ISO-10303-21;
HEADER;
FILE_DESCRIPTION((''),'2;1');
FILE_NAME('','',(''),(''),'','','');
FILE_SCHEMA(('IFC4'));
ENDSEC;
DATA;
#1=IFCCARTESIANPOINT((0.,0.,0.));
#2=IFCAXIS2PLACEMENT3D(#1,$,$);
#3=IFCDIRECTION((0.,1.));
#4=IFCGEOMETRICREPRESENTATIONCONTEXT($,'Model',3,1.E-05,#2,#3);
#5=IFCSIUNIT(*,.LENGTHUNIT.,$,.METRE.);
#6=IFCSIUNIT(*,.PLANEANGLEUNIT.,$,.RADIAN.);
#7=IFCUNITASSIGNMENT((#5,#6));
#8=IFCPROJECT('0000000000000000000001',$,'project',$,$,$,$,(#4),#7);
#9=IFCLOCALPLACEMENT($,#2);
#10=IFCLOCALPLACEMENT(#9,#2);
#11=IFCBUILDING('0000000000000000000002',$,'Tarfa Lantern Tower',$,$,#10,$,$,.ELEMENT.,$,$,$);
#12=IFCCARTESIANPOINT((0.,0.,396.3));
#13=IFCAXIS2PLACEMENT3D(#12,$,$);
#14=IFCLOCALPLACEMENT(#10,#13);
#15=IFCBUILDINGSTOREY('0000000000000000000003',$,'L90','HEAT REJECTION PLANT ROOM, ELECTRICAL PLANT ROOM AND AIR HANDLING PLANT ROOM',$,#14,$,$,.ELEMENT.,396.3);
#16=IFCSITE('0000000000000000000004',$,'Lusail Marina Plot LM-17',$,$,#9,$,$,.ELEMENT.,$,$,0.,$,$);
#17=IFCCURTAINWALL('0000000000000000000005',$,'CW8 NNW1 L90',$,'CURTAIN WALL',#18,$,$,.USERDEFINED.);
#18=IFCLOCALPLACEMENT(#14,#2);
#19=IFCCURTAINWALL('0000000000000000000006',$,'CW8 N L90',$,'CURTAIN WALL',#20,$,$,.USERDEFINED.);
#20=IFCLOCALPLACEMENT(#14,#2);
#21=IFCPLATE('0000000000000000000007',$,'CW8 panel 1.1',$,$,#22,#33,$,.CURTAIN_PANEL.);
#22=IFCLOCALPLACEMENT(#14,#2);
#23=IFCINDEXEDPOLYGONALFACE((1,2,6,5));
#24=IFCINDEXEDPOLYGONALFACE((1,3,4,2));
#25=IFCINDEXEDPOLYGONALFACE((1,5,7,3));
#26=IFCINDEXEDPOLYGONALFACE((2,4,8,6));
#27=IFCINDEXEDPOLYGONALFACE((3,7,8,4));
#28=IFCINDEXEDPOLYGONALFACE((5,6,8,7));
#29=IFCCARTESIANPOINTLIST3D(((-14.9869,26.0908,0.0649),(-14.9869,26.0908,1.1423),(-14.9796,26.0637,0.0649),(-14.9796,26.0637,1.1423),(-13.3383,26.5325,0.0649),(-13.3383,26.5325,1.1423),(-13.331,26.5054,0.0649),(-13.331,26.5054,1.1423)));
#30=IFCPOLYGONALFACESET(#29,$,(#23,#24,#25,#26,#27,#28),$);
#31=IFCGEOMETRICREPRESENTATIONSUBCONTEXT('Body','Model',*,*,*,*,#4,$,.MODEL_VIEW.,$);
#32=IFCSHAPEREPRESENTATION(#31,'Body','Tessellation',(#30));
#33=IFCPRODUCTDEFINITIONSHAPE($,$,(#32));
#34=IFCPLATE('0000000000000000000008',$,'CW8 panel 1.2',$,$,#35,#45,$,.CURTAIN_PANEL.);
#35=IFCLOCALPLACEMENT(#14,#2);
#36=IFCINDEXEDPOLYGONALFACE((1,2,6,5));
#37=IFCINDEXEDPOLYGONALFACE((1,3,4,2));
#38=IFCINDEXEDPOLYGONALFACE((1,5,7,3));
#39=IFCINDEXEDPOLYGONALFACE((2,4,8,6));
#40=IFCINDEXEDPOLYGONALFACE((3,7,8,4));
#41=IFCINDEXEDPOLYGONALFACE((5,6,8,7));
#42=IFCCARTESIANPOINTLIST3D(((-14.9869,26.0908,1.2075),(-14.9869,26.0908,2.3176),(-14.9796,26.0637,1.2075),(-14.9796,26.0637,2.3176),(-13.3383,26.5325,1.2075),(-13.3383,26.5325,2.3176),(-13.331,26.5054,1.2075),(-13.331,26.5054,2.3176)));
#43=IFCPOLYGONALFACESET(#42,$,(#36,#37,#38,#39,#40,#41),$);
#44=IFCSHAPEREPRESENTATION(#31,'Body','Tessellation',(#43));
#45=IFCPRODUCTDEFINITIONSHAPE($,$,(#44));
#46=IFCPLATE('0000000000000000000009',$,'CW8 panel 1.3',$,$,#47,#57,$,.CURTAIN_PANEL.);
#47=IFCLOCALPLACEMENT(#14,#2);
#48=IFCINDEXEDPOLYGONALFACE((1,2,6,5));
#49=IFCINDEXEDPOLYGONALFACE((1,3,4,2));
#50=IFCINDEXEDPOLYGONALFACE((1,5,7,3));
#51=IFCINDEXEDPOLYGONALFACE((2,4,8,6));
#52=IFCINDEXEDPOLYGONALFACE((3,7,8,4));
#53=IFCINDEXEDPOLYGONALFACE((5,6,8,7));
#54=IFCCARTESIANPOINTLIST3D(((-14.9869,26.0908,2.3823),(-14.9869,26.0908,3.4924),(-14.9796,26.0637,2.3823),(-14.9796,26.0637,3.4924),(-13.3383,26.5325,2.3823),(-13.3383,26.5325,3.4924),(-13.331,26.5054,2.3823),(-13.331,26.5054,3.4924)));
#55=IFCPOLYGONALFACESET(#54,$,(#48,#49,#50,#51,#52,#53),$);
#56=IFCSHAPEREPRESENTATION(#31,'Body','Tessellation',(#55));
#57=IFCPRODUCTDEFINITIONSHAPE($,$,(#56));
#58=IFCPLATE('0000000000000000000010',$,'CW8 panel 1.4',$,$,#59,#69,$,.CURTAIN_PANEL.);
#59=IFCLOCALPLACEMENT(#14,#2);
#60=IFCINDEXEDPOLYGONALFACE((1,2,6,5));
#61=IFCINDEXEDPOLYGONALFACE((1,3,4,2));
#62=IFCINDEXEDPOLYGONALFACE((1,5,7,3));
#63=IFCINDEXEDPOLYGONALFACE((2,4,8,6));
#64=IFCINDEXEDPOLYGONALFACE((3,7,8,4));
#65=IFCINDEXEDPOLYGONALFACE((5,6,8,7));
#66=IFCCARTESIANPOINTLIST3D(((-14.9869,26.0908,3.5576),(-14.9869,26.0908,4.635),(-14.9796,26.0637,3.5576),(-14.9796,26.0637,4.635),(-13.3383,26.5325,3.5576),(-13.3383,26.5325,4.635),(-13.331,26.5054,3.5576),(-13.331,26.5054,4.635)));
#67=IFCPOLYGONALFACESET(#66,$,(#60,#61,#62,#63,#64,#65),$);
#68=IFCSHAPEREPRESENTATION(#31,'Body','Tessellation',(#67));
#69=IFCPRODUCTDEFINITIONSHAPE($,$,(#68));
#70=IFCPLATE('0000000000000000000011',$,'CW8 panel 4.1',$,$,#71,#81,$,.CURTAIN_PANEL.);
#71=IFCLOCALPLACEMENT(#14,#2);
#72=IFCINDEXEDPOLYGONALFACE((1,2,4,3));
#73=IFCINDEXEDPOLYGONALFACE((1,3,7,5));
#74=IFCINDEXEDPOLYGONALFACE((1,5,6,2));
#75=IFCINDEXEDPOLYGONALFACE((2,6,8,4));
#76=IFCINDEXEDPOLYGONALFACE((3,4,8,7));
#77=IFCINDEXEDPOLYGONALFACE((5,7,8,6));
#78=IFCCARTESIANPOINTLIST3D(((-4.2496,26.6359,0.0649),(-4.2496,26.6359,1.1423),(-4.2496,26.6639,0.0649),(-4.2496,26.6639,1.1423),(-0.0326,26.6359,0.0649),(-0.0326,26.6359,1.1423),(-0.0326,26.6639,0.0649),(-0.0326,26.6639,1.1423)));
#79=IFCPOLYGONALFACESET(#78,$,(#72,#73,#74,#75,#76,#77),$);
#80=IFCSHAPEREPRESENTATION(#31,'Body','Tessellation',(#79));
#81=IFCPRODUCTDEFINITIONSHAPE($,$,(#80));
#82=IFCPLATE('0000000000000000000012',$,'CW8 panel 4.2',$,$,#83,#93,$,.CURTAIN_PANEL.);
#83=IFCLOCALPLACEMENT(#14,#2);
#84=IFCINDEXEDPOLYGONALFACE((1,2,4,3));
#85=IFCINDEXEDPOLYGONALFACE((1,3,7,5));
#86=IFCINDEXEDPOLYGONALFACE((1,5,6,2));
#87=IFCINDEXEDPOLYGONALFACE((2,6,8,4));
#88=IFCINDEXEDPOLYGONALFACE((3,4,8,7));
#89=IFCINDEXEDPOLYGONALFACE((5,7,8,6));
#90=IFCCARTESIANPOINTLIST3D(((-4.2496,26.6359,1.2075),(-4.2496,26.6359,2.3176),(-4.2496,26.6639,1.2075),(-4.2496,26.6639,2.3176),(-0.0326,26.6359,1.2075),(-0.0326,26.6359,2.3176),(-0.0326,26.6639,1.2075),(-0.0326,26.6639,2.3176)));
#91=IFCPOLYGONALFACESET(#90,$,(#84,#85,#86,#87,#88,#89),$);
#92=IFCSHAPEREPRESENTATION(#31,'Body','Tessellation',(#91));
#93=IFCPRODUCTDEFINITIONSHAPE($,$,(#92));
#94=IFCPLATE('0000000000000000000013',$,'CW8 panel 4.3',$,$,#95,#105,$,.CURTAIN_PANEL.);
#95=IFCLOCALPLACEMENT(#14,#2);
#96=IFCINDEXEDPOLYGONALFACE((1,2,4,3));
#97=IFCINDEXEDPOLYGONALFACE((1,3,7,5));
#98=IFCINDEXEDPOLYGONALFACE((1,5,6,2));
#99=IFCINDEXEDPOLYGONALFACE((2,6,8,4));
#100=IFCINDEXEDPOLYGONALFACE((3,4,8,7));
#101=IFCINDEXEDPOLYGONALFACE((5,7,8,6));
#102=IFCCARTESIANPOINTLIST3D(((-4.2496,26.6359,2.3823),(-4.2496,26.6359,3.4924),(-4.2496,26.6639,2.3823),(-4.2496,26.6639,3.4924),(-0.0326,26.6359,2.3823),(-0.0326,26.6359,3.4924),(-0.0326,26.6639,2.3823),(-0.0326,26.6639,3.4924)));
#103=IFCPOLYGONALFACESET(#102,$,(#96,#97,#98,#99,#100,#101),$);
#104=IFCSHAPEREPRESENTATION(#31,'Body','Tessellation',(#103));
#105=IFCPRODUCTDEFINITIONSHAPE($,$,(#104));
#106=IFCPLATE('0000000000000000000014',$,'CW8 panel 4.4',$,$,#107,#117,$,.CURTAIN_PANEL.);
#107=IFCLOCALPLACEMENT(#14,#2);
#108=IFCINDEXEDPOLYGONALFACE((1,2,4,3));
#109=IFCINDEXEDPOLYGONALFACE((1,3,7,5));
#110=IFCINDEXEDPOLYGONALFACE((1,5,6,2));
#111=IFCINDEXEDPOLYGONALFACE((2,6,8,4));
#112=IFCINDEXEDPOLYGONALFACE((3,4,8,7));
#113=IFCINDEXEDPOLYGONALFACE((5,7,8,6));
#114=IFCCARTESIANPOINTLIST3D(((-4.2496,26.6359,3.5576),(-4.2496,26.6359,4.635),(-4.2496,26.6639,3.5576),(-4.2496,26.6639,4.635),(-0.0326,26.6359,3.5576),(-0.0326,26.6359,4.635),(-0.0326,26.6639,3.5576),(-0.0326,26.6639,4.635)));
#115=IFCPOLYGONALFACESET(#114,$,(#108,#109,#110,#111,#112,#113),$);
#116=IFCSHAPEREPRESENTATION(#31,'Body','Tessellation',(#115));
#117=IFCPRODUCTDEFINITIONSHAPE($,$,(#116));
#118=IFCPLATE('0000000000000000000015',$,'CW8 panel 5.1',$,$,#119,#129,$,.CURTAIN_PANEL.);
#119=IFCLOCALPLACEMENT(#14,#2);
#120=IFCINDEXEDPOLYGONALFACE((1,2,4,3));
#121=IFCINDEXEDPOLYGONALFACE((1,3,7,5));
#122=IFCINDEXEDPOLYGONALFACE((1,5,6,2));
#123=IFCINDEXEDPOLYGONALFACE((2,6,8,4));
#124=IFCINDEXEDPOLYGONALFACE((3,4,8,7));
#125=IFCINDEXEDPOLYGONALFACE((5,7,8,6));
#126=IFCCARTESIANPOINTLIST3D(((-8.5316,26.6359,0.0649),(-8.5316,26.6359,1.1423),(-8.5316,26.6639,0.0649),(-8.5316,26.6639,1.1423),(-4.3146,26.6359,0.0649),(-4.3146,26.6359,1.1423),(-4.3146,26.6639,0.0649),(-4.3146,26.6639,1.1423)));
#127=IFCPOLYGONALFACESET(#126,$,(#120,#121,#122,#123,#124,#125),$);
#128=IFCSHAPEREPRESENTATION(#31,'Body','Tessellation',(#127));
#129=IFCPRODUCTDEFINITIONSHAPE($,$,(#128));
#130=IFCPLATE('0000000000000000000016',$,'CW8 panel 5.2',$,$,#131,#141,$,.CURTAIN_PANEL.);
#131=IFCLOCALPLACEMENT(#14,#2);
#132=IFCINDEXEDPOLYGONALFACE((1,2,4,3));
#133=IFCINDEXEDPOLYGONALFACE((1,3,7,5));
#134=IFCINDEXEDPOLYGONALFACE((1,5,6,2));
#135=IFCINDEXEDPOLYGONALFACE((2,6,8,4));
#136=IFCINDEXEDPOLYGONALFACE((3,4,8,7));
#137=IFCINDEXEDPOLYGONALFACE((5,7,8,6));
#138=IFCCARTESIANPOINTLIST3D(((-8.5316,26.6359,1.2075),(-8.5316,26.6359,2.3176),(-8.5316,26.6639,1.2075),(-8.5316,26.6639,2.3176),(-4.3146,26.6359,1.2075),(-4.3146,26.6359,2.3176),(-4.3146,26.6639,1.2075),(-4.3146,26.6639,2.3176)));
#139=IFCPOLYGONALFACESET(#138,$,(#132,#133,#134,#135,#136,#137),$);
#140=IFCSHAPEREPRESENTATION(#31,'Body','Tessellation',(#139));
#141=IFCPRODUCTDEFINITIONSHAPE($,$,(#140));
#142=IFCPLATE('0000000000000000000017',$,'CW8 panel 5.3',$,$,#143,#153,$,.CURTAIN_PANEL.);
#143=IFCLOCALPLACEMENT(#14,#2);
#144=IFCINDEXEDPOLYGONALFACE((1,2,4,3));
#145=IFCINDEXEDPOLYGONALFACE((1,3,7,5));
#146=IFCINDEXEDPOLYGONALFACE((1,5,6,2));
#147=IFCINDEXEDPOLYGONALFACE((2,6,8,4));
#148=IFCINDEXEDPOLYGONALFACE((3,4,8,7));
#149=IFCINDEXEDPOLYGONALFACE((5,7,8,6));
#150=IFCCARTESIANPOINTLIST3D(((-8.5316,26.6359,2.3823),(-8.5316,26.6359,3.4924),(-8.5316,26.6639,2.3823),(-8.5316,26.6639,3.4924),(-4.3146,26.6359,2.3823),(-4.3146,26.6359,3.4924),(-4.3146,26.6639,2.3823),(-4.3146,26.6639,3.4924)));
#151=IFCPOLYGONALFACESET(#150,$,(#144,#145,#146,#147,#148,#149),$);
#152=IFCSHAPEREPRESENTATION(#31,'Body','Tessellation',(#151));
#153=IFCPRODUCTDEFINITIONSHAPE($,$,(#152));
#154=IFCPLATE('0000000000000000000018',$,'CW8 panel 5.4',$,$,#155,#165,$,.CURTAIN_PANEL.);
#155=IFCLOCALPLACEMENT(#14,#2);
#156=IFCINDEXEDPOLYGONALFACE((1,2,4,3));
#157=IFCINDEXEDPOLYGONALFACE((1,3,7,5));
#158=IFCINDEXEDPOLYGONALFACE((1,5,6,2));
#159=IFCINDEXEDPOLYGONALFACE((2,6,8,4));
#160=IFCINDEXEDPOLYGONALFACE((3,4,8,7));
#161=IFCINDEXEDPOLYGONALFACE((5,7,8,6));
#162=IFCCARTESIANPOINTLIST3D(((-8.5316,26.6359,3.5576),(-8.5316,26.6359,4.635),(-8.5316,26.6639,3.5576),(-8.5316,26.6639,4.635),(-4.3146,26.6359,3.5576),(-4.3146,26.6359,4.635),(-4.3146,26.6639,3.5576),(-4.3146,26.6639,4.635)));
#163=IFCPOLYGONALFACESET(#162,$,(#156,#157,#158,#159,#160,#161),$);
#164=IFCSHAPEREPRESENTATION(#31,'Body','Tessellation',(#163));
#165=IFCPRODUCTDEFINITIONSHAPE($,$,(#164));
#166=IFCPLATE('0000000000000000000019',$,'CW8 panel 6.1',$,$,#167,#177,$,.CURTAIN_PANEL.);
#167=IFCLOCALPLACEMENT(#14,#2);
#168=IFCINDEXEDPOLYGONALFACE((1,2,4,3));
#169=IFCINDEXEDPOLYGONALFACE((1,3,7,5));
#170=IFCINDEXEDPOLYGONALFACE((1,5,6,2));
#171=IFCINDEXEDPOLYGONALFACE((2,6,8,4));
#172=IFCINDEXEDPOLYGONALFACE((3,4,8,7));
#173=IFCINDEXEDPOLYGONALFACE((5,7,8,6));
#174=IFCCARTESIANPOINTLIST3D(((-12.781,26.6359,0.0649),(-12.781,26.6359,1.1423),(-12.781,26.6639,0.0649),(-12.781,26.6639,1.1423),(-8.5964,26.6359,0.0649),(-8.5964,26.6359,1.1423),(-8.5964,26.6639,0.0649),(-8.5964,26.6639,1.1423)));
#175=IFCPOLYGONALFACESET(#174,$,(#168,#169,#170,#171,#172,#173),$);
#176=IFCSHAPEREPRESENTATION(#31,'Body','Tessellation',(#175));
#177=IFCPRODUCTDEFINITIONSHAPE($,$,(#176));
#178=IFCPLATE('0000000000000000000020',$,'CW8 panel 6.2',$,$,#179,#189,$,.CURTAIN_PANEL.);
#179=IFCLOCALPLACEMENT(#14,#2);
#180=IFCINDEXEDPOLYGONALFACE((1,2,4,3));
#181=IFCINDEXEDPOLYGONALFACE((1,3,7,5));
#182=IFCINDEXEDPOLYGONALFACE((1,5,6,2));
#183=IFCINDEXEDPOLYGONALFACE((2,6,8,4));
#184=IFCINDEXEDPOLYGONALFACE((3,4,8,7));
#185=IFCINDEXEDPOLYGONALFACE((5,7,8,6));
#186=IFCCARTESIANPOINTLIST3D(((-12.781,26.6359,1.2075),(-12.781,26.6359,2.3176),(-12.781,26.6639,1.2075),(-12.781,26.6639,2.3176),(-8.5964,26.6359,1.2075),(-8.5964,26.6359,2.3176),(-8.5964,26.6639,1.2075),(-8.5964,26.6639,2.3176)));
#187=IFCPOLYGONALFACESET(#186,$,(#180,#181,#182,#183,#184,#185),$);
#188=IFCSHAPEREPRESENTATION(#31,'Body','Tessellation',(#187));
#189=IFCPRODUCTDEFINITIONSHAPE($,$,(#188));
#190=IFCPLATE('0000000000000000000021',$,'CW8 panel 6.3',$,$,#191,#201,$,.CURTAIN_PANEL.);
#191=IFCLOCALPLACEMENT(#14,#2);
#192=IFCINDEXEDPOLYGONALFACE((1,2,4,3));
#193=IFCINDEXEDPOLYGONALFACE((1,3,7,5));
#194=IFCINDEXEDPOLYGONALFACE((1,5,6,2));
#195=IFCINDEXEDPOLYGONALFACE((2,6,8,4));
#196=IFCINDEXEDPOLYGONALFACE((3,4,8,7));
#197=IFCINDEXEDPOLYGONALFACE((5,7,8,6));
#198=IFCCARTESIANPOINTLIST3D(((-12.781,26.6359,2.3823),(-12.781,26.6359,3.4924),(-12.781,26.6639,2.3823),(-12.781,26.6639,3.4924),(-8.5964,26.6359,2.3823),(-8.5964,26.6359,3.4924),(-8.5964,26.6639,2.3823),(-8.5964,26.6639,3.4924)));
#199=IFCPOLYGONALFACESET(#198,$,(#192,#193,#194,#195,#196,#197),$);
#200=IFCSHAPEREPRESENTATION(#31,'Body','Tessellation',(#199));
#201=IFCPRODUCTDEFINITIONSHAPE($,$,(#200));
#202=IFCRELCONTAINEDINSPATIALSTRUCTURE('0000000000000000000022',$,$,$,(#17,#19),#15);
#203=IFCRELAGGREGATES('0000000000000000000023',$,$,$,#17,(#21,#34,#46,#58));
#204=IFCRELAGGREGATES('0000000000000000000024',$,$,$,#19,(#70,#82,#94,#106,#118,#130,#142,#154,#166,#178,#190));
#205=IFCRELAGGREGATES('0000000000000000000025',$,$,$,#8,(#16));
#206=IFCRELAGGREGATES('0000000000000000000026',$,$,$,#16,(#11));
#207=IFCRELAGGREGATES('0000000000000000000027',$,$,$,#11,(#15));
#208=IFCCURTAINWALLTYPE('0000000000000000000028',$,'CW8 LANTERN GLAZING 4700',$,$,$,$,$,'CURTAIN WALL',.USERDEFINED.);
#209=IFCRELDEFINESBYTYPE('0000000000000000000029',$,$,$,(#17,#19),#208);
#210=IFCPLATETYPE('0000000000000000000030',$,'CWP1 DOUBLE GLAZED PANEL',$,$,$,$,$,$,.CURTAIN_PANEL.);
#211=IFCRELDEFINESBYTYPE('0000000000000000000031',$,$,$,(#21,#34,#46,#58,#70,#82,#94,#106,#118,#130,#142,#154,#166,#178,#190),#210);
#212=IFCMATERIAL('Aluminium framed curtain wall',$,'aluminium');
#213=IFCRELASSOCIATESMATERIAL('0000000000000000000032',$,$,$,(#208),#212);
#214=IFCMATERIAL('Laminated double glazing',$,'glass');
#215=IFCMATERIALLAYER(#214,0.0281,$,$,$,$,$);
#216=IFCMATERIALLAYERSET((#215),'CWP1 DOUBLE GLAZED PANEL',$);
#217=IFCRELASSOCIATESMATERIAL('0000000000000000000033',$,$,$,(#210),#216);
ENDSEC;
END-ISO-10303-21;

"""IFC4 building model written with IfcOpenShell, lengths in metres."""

from ifc_helpers import new_model, si_unit, direction, frame, origin, origin_2d, place, context, subcontext, project, spatial, rectangle, extrude, material, layer, layer_set, type_object, element, aggregate, save


model = new_model("IFC4")

# Units and contexts
model_context = context("Model", 3, precision=1e-05, world=origin(), true_north=direction((0.0, 1.0)))
body_context = subcontext(model_context, "Body", "Model", "MODEL_VIEW")
ifc_project = project(units=[si_unit("LENGTHUNIT", "METRE"), si_unit("PLANEANGLEUNIT", "RADIAN")], contexts=[model_context])

# Site, building, storey
site_placement = place(None, origin())
site = spatial("IfcSite", under=ifc_project, at=site_placement, Name="Lusail Marina Plot LM-17", CompositionType="ELEMENT", RefElevation=0.0)
building_placement = place(site_placement, origin())
building = spatial("IfcBuilding", under=site, at=building_placement, Name="Tarfa Lantern Tower", CompositionType="ELEMENT")
storey_placement = place(building_placement, frame((0.0, 0.0, 396.3)))
storey = spatial("IfcBuildingStorey", under=building, at=storey_placement, Name="L90", Description="HEAT REJECTION PLANT ROOM, ELECTRICAL PLANT ROOM AND AIR HANDLING PLANT ROOM", CompositionType="ELEMENT", Elevation=396.3)

# Curtain wall
ifc_material_1 = material(Name="Aluminium framed curtain wall", Category="aluminium")
curtain_wall_type = type_object("IfcCurtainWallType", Name="CW8 LANTERN GLAZING 4700", ElementType="CURTAIN WALL", PredefinedType="USERDEFINED", material=ifc_material_1)
curtain_wall_1_placement = place(storey_placement, origin())
curtain_wall_1 = element("IfcCurtainWall", 1, at=curtain_wall_1_placement, inside=storey, type_object=curtain_wall_type, Name="CW8 NNW1 L90", ObjectType="CURTAIN WALL", PredefinedType="USERDEFINED")

# Curtain wall
curtain_wall_2_placement = place(storey_placement, origin())
curtain_wall_2 = element("IfcCurtainWall", 2, at=curtain_wall_2_placement, inside=storey, type_object=curtain_wall_type, Name="CW8 N L90", ObjectType="CURTAIN WALL", PredefinedType="USERDEFINED")

# Plates
ifc_material_2 = material(Name="Laminated double glazing", Category="glass")
ifc_layer = layer(ifc_material_2, 0.0281)
ifc_layer_set = layer_set([ifc_layer], Name="CWP1 DOUBLE GLAZED PANEL")
plate_type = type_object("IfcPlateType", Name="CWP1 DOUBLE GLAZED PANEL", PredefinedType="CURTAIN_PANEL", material=ifc_layer_set)
plate_1_placement = place(storey_placement, frame((-14.1589, 26.2981, 0.0649), z_axis=(0.0, 0.0, 1.0), x_axis=(-0.965926, -0.258819, 0.0)))
plate_1 = element("IfcPlate", 3, at=plate_1_placement, type_object=plate_type, Name="CW8 panel 1.1", PredefinedType="CURTAIN_PANEL", context=body_context, shape_type="SweptSolid", body=[
    extrude(rectangle(XDim=1.7068, YDim=0.0281, at=origin_2d()), origin(), (0.0, 0.0, 1.0), 1.0774),
])
plate_2_placement = place(storey_placement, frame((-14.1589, 26.2981, 1.2075), z_axis=(0.0, 0.0, 1.0), x_axis=(-0.965926, -0.258819, 0.0)))
plate_2 = element("IfcPlate", 4, at=plate_2_placement, type_object=plate_type, Name="CW8 panel 1.2", PredefinedType="CURTAIN_PANEL", context=body_context, shape_type="SweptSolid", body=[
    extrude(rectangle(XDim=1.7068, YDim=0.0281, at=origin_2d()), origin(), (0.0, 0.0, 1.0), 1.1101),
])
plate_3_placement = place(storey_placement, frame((-14.1589, 26.2981, 2.3823), z_axis=(0.0, 0.0, 1.0), x_axis=(-0.965926, -0.258819, 0.0)))
plate_3 = element("IfcPlate", 5, at=plate_3_placement, type_object=plate_type, Name="CW8 panel 1.3", PredefinedType="CURTAIN_PANEL", context=body_context, shape_type="SweptSolid", body=[
    extrude(rectangle(XDim=1.7068, YDim=0.0281, at=origin_2d()), origin(), (0.0, 0.0, 1.0), 1.1101),
])
plate_4_placement = place(storey_placement, frame((-14.1589, 26.2981, 3.5576), z_axis=(0.0, 0.0, 1.0), x_axis=(-0.965926, -0.258819, 0.0)))
plate_4 = element("IfcPlate", 6, at=plate_4_placement, type_object=plate_type, Name="CW8 panel 1.4", PredefinedType="CURTAIN_PANEL", context=body_context, shape_type="SweptSolid", body=[
    extrude(rectangle(XDim=1.7068, YDim=0.0281, at=origin_2d()), origin(), (0.0, 0.0, 1.0), 1.0774),
])
aggregate(curtain_wall_1, [plate_1, plate_2, plate_3, plate_4])
plate_5_placement = place(storey_placement, frame((-2.1411, 26.6499, 0.0649), z_axis=(0.0, 0.0, 1.0), x_axis=(-1.0, 0.0, 0.0)))
plate_5 = element("IfcPlate", 7, at=plate_5_placement, type_object=plate_type, Name="CW8 panel 4.1", PredefinedType="CURTAIN_PANEL", context=body_context, shape_type="SweptSolid", body=[
    extrude(rectangle(XDim=4.217, YDim=0.0281, at=origin_2d()), origin(), (0.0, 0.0, 1.0), 1.0774),
])
plate_6_placement = place(storey_placement, frame((-2.1411, 26.6499, 1.2075), z_axis=(0.0, 0.0, 1.0), x_axis=(-1.0, 0.0, 0.0)))
plate_6 = element("IfcPlate", 8, at=plate_6_placement, type_object=plate_type, Name="CW8 panel 4.2", PredefinedType="CURTAIN_PANEL", context=body_context, shape_type="SweptSolid", body=[
    extrude(rectangle(XDim=4.217, YDim=0.0281, at=origin_2d()), origin(), (0.0, 0.0, 1.0), 1.1101),
])
plate_7_placement = place(storey_placement, frame((-2.1411, 26.6499, 2.3823), z_axis=(0.0, 0.0, 1.0), x_axis=(-1.0, 0.0, 0.0)))
plate_7 = element("IfcPlate", 9, at=plate_7_placement, type_object=plate_type, Name="CW8 panel 4.3", PredefinedType="CURTAIN_PANEL", context=body_context, shape_type="SweptSolid", body=[
    extrude(rectangle(XDim=4.217, YDim=0.0281, at=origin_2d()), origin(), (0.0, 0.0, 1.0), 1.1101),
])
plate_8_placement = place(storey_placement, frame((-2.1411, 26.6499, 3.5576), z_axis=(0.0, 0.0, 1.0), x_axis=(-1.0, 0.0, 0.0)))
plate_8 = element("IfcPlate", 10, at=plate_8_placement, type_object=plate_type, Name="CW8 panel 4.4", PredefinedType="CURTAIN_PANEL", context=body_context, shape_type="SweptSolid", body=[
    extrude(rectangle(XDim=4.217, YDim=0.0281, at=origin_2d()), origin(), (0.0, 0.0, 1.0), 1.0774),
])
plate_9_placement = place(storey_placement, frame((-6.4231, 26.6499, 0.0649), z_axis=(0.0, 0.0, 1.0), x_axis=(-1.0, 0.0, 0.0)))
plate_9 = element("IfcPlate", 11, at=plate_9_placement, type_object=plate_type, Name="CW8 panel 5.1", PredefinedType="CURTAIN_PANEL", context=body_context, shape_type="SweptSolid", body=[
    extrude(rectangle(XDim=4.217, YDim=0.0281, at=origin_2d()), origin(), (0.0, 0.0, 1.0), 1.0774),
])
plate_10_placement = place(storey_placement, frame((-6.4231, 26.6499, 1.2075), z_axis=(0.0, 0.0, 1.0), x_axis=(-1.0, 0.0, 0.0)))
plate_10 = element("IfcPlate", 12, at=plate_10_placement, type_object=plate_type, Name="CW8 panel 5.2", PredefinedType="CURTAIN_PANEL", context=body_context, shape_type="SweptSolid", body=[
    extrude(rectangle(XDim=4.217, YDim=0.0281, at=origin_2d()), origin(), (0.0, 0.0, 1.0), 1.1101),
])
plate_11_placement = place(storey_placement, frame((-6.4231, 26.6499, 2.3823), z_axis=(0.0, 0.0, 1.0), x_axis=(-1.0, 0.0, 0.0)))
plate_11 = element("IfcPlate", 13, at=plate_11_placement, type_object=plate_type, Name="CW8 panel 5.3", PredefinedType="CURTAIN_PANEL", context=body_context, shape_type="SweptSolid", body=[
    extrude(rectangle(XDim=4.217, YDim=0.0281, at=origin_2d()), origin(), (0.0, 0.0, 1.0), 1.1101),
])
plate_12_placement = place(storey_placement, frame((-6.4231, 26.6499, 3.5576), z_axis=(0.0, 0.0, 1.0), x_axis=(-1.0, 0.0, 0.0)))
plate_12 = element("IfcPlate", 14, at=plate_12_placement, type_object=plate_type, Name="CW8 panel 5.4", PredefinedType="CURTAIN_PANEL", context=body_context, shape_type="SweptSolid", body=[
    extrude(rectangle(XDim=4.217, YDim=0.0281, at=origin_2d()), origin(), (0.0, 0.0, 1.0), 1.0774),
])
plate_13_placement = place(storey_placement, frame((-10.6887, 26.6499, 0.0649), z_axis=(0.0, 0.0, 1.0), x_axis=(-1.0, 0.0, 0.0)))
plate_13 = element("IfcPlate", 15, at=plate_13_placement, type_object=plate_type, Name="CW8 panel 6.1", PredefinedType="CURTAIN_PANEL", context=body_context, shape_type="SweptSolid", body=[
    extrude(rectangle(XDim=4.1846, YDim=0.0281, at=origin_2d()), origin(), (0.0, 0.0, 1.0), 1.0774),
])
plate_14_placement = place(storey_placement, frame((-10.6887, 26.6499, 1.2075), z_axis=(0.0, 0.0, 1.0), x_axis=(-1.0, 0.0, 0.0)))
plate_14 = element("IfcPlate", 16, at=plate_14_placement, type_object=plate_type, Name="CW8 panel 6.2", PredefinedType="CURTAIN_PANEL", context=body_context, shape_type="SweptSolid", body=[
    extrude(rectangle(XDim=4.1846, YDim=0.0281, at=origin_2d()), origin(), (0.0, 0.0, 1.0), 1.1101),
])
plate_15_placement = place(storey_placement, frame((-10.6887, 26.6499, 2.3823), z_axis=(0.0, 0.0, 1.0), x_axis=(-1.0, 0.0, 0.0)))
plate_15 = element("IfcPlate", 17, at=plate_15_placement, type_object=plate_type, Name="CW8 panel 6.3", PredefinedType="CURTAIN_PANEL", context=body_context, shape_type="SweptSolid", body=[
    extrude(rectangle(XDim=4.1846, YDim=0.0281, at=origin_2d()), origin(), (0.0, 0.0, 1.0), 1.1101),
])
aggregate(curtain_wall_2, [plate_5, plate_6, plate_7, plate_8, plate_9, plate_10, plate_11, plate_12, plate_13, plate_14, plate_15])

save(model, "model.ifc")
